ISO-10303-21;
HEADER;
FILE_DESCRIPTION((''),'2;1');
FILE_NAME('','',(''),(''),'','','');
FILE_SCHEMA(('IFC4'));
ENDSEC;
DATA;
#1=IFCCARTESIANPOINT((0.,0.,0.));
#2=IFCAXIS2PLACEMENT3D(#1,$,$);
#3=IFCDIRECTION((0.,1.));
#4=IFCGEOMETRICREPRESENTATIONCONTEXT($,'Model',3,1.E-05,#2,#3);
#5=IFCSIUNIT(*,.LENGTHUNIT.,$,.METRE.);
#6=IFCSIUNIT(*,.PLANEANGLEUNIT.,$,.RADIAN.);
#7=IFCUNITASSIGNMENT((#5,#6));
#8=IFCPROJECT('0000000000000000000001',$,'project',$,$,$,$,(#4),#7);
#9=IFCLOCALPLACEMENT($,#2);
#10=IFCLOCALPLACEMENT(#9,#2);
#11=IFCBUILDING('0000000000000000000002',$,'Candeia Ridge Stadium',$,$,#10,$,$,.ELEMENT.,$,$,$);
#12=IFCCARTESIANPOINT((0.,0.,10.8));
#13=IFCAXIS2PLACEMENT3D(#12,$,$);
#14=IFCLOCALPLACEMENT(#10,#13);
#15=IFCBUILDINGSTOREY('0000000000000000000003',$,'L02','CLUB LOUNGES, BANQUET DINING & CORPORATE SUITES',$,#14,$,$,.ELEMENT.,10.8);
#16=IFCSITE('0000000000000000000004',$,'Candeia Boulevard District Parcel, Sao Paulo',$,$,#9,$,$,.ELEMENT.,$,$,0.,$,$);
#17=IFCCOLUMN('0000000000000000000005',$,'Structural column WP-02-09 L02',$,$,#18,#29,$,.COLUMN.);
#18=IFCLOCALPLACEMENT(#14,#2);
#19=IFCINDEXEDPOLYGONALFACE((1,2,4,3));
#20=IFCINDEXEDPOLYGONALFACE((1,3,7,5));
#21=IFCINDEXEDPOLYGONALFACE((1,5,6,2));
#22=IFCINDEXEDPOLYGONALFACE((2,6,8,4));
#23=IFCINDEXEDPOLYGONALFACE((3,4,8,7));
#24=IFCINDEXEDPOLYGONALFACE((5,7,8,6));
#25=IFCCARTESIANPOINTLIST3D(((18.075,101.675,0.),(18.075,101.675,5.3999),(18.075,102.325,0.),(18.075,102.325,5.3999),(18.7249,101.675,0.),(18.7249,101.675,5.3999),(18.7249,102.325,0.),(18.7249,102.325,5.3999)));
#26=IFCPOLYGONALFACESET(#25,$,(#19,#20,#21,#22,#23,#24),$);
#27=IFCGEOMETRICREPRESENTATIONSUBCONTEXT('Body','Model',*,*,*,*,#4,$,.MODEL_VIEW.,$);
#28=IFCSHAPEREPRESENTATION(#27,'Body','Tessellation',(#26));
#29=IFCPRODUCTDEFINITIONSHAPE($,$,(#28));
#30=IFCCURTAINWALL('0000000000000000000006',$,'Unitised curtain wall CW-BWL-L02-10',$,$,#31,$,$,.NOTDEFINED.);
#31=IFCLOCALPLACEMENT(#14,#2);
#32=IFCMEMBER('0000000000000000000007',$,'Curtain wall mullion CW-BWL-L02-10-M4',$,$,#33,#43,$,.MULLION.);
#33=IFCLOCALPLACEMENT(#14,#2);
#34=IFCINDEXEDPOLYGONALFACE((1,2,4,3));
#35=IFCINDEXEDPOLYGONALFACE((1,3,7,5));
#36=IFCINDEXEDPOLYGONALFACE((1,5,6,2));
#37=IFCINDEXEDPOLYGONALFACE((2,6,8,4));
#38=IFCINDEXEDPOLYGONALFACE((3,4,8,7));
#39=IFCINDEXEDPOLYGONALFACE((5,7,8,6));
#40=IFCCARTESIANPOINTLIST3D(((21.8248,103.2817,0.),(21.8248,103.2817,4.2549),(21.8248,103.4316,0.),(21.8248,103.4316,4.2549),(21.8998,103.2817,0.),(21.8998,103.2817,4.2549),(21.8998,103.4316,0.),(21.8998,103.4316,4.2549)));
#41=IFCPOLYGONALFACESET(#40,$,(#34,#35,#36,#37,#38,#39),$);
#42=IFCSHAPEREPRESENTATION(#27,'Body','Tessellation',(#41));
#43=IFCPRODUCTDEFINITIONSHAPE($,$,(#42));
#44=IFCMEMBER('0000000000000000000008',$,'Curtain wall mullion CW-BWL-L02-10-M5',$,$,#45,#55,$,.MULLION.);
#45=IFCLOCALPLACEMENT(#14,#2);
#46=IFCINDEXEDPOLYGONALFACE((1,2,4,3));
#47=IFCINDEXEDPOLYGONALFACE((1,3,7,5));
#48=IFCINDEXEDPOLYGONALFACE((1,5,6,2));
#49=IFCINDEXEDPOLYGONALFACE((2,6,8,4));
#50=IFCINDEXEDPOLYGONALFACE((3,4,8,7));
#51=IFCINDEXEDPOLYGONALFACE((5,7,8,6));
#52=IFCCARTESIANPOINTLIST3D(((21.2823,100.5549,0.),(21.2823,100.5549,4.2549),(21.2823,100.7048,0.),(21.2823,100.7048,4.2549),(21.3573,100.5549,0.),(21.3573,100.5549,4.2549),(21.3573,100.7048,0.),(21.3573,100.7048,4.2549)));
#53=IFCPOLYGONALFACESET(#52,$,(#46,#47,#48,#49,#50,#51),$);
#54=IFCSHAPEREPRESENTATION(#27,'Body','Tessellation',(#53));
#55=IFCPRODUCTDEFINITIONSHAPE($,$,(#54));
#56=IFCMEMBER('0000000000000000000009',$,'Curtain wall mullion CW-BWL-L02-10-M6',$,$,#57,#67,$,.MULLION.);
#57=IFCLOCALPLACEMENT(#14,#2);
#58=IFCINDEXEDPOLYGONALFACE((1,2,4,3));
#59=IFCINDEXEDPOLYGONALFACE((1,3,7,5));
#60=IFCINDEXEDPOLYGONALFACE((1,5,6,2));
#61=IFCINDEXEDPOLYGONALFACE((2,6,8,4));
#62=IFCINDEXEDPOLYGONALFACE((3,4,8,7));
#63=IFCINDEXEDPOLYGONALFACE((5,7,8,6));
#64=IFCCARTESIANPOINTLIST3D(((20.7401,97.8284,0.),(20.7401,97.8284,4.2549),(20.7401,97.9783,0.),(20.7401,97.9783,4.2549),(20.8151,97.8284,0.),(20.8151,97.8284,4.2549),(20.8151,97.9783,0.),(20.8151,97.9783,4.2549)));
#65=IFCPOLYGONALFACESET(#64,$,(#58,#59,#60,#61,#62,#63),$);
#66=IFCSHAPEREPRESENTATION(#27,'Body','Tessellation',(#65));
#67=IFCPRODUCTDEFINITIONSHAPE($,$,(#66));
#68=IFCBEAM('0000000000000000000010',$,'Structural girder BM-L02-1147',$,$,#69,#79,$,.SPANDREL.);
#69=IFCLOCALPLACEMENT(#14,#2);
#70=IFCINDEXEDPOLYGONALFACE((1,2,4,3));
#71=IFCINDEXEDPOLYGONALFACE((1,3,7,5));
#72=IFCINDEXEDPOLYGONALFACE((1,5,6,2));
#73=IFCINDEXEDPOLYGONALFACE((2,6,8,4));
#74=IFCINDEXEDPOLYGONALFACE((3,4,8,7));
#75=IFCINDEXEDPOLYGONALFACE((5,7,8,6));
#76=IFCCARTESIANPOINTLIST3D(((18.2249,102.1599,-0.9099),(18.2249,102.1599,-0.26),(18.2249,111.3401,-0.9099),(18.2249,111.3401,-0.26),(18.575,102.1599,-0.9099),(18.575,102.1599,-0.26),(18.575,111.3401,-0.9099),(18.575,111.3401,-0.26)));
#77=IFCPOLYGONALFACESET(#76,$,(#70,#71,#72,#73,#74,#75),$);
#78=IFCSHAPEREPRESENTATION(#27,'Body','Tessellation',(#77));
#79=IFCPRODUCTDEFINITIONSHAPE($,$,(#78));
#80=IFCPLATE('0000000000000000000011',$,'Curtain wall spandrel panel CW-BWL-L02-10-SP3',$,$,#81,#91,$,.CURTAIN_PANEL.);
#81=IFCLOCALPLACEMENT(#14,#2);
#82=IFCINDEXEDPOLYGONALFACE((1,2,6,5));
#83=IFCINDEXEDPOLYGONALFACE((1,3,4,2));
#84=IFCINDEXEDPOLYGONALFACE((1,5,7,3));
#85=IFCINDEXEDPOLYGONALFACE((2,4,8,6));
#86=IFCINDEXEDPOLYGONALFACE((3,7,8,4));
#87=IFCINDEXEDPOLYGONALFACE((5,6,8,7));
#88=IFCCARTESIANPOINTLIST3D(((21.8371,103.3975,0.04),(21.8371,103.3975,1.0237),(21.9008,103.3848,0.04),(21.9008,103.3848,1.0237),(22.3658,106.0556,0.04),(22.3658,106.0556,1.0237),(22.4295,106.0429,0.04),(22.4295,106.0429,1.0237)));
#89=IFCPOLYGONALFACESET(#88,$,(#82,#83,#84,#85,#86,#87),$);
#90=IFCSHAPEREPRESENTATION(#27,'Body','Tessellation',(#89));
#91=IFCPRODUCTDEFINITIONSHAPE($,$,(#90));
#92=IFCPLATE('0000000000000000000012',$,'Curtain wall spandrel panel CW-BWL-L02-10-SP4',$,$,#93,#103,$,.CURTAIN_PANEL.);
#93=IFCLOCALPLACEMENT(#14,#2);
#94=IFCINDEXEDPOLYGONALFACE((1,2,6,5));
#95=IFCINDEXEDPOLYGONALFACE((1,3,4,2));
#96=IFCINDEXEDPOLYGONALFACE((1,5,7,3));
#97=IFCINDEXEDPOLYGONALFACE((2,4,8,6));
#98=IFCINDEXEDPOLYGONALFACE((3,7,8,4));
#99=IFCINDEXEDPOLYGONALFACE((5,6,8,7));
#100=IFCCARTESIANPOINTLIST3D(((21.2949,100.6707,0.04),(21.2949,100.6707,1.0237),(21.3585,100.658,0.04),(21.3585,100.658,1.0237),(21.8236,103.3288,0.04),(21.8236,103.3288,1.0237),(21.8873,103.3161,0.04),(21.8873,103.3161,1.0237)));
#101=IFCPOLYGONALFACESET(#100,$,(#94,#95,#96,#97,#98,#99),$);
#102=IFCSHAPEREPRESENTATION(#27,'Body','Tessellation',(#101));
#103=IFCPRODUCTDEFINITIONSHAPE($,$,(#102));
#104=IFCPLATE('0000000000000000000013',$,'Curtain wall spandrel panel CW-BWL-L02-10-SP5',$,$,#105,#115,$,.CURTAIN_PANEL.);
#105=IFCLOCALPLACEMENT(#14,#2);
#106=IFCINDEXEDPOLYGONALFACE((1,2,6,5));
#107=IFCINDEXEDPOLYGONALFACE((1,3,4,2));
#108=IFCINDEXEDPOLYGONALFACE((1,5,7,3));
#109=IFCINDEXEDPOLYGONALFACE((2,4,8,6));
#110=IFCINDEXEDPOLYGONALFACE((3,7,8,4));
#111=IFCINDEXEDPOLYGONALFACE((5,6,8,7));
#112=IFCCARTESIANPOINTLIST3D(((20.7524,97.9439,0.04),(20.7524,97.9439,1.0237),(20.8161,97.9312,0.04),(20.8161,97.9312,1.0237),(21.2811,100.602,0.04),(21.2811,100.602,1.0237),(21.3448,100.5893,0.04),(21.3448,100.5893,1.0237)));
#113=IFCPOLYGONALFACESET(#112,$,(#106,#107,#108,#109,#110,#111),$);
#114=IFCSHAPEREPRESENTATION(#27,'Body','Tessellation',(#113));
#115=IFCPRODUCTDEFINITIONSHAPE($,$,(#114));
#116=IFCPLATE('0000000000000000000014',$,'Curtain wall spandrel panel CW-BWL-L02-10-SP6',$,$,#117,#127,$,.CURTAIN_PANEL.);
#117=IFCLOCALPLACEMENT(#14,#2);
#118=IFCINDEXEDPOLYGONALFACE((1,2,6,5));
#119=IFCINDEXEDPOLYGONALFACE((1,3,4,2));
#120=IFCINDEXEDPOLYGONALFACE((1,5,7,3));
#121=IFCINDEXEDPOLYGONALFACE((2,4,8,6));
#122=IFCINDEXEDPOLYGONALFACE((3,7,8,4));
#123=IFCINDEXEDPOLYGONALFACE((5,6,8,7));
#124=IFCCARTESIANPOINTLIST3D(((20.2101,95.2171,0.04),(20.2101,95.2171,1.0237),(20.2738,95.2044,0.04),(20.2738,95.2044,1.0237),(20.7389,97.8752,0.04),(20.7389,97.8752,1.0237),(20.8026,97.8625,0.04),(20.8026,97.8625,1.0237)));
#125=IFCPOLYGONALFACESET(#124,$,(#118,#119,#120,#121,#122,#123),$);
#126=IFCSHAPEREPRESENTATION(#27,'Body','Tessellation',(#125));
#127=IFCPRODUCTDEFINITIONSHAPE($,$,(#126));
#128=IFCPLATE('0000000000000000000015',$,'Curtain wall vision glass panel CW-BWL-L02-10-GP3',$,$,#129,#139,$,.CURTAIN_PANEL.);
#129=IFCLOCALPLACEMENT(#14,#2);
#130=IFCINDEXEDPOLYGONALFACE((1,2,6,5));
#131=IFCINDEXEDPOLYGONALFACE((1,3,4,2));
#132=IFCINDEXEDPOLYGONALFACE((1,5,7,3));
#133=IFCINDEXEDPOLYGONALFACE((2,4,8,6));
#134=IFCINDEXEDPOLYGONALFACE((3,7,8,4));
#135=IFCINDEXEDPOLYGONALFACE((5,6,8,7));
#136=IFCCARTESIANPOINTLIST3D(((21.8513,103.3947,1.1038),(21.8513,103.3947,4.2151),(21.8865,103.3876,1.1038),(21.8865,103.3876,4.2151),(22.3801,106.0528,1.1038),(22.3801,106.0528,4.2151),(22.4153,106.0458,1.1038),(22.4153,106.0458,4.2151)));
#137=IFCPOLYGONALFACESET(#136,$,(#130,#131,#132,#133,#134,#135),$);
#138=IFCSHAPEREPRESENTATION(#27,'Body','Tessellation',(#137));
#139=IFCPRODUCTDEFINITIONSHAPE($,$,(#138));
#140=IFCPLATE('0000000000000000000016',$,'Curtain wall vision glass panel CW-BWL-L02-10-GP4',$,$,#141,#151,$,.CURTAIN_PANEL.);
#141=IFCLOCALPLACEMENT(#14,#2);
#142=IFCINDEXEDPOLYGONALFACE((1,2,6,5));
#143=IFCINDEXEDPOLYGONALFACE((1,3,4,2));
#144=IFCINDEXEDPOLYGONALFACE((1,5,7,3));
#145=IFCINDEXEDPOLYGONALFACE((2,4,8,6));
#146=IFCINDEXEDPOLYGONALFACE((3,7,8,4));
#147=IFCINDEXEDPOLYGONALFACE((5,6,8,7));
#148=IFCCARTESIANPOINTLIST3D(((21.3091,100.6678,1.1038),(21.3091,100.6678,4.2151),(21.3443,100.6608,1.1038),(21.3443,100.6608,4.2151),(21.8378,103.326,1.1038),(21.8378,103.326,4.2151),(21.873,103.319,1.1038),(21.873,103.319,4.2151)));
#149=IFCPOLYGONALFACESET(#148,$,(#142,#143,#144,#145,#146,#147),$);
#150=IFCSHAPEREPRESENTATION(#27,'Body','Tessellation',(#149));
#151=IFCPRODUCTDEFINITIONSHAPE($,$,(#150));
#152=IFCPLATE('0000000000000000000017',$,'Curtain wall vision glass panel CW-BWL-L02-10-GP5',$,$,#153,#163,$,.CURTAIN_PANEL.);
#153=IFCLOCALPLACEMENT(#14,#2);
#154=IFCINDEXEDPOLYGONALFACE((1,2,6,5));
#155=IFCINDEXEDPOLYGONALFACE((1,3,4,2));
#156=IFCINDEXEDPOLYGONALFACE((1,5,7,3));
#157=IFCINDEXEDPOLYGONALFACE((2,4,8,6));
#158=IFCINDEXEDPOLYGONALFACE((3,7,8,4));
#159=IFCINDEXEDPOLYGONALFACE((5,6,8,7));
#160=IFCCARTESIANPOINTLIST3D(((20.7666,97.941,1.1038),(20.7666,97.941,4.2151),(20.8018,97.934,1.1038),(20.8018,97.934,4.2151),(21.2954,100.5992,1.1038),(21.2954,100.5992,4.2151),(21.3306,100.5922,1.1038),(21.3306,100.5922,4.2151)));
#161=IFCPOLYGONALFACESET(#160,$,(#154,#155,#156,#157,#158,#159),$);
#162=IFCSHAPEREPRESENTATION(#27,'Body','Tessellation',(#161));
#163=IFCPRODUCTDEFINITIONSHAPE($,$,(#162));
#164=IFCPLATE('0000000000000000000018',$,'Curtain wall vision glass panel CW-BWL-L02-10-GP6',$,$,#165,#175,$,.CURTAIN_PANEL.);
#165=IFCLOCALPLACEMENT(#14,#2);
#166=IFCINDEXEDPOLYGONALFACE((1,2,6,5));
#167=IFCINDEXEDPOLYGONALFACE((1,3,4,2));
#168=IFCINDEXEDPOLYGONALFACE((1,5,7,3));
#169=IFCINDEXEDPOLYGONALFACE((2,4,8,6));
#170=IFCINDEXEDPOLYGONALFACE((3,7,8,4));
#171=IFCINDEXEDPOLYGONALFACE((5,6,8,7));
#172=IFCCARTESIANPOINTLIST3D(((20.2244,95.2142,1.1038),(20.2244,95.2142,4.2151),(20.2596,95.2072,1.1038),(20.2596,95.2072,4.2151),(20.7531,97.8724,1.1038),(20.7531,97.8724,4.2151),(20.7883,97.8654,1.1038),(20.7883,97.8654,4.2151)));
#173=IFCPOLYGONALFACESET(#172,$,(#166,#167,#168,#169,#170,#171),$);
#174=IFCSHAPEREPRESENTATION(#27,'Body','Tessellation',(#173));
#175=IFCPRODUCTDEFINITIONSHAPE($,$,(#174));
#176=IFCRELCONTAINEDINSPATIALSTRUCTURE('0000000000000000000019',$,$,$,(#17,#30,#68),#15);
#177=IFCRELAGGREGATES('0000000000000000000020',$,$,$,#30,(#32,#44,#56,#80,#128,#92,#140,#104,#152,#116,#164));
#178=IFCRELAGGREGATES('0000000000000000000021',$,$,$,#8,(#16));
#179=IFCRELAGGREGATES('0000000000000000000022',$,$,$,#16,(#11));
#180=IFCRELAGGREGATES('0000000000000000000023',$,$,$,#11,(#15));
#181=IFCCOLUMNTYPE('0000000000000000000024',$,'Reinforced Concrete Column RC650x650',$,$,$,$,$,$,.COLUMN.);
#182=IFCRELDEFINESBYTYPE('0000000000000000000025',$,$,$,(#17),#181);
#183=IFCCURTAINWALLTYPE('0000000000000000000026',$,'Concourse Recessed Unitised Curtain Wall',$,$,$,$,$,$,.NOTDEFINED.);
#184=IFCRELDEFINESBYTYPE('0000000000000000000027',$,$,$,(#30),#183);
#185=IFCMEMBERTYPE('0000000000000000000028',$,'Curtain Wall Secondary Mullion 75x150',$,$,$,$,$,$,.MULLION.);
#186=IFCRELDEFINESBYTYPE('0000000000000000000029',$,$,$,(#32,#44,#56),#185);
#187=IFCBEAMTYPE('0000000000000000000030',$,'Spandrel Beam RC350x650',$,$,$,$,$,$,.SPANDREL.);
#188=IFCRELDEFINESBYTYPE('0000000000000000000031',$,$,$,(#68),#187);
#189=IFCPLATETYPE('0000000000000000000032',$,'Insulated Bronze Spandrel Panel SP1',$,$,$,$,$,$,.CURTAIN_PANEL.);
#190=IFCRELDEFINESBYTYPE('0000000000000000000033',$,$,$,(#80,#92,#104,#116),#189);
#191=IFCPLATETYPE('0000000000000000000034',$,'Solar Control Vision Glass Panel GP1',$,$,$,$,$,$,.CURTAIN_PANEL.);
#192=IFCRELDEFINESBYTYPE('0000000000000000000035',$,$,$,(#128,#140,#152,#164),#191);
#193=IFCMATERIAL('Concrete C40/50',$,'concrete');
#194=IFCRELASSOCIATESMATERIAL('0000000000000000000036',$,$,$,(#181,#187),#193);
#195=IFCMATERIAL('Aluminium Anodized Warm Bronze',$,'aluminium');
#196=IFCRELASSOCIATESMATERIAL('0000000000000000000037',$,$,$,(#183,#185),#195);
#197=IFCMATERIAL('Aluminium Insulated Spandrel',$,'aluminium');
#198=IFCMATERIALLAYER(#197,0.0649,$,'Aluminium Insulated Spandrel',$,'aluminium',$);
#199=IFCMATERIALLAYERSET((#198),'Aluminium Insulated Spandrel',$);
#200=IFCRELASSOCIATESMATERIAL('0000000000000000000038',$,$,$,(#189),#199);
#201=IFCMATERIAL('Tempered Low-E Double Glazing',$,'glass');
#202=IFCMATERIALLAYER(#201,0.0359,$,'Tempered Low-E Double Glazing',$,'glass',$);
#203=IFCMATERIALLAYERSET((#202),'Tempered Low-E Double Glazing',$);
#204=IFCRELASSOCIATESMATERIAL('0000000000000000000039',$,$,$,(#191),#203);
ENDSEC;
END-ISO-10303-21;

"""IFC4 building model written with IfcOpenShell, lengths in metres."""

from ifc_helpers import new_model, si_unit, direction, frame, origin, origin_2d, place, context, subcontext, project, spatial, rectangle, extrude, material, layer, layer_set, material_profile, profile_set, type_object, element, aggregate, save


model = new_model("IFC4")

# Units and contexts
model_context = context("Model", 3, precision=1e-05, world=origin(), true_north=direction((0.0, 1.0)))
body_context = subcontext(model_context, "Body", "Model", "MODEL_VIEW")
ifc_project = project(units=[si_unit("LENGTHUNIT", "METRE"), si_unit("PLANEANGLEUNIT", "RADIAN")], contexts=[model_context])

# Site, building, storey
site_placement = place(None, origin())
site = spatial("IfcSite", under=ifc_project, at=site_placement, Name="Candeia Boulevard District Parcel, Sao Paulo", CompositionType="ELEMENT", RefElevation=0.0)
building_placement = place(site_placement, origin())
building = spatial("IfcBuilding", under=site, at=building_placement, Name="Candeia Ridge Stadium", CompositionType="ELEMENT")
storey_placement = place(building_placement, frame((0.0, 0.0, 10.8)))
storey = spatial("IfcBuildingStorey", under=building, at=storey_placement, Name="L02", Description="CLUB LOUNGES, BANQUET DINING & CORPORATE SUITES", CompositionType="ELEMENT", Elevation=10.8)

# Column
ifc_material_1 = material(Name="Concrete C40/50", Category="concrete")
ifc_material_profile_1 = material_profile(ifc_material_1, rectangle(XDim=0.6499, YDim=0.6499, at=origin_2d()), Name="RC650x650", Category="concrete")
ifc_profile_set_1 = profile_set([ifc_material_profile_1], Name="Concrete C40/50")
column_type = type_object("IfcColumnType", Name="Reinforced Concrete Column RC650x650", PredefinedType="COLUMN", material=ifc_profile_set_1)
column_placement = place(storey_placement, frame((18.3999, 102.0, 0.0), z_axis=(0.0, 0.0, 1.0), x_axis=(1.0, 0.0, 0.0)))
element("IfcColumn", 1, at=column_placement, inside=storey, type_object=column_type, Name="Structural column WP-02-09 L02", PredefinedType="COLUMN", context=body_context, shape_type="SweptSolid", body=[
    extrude(rectangle(XDim=0.6499, YDim=0.6499, at=origin_2d()), origin(), (0.0, 0.0, 1.0), 5.3999),
])

# Curtain wall, members
ifc_material_2 = material(Name="Aluminium Anodized Warm Bronze", Category="aluminium")
curtain_wall_type = type_object("IfcCurtainWallType", Name="Concourse Recessed Unitised Curtain Wall", PredefinedType="NOTDEFINED", material=ifc_material_2)
curtain_wall_placement = place(storey_placement, origin())
curtain_wall = element("IfcCurtainWall", 2, at=curtain_wall_placement, inside=storey, type_object=curtain_wall_type, Name="Unitised curtain wall CW-BWL-L02-10", PredefinedType="NOTDEFINED")
ifc_material_profile_2 = material_profile(ifc_material_2, rectangle(XDim=0.075, YDim=0.1499, at=origin_2d()), Name="CWM-75x150", Category="aluminium")
ifc_profile_set_2 = profile_set([ifc_material_profile_2], Name="Aluminium Anodized Warm Bronze")
member_type = type_object("IfcMemberType", Name="Curtain Wall Secondary Mullion 75x150", PredefinedType="MULLION", material=ifc_profile_set_2)
member_1_placement = place(storey_placement, frame((21.8623, 103.3567, 0.0), z_axis=(0.0, 0.0, 1.0), x_axis=(1.0, 0.0, 0.0)))
member_1 = element("IfcMember", 3, at=member_1_placement, type_object=member_type, Name="Curtain wall mullion CW-BWL-L02-10-M4", PredefinedType="MULLION", context=body_context, shape_type="SweptSolid", body=[
    extrude(rectangle(XDim=0.075, YDim=0.1499, at=origin_2d()), origin(), (0.0, 0.0, 1.0), 4.2549),
])
member_2_placement = place(storey_placement, frame((21.3198, 100.6299, 0.0), z_axis=(0.0, 0.0, 1.0), x_axis=(1.0, 0.0, 0.0)))
member_2 = element("IfcMember", 4, at=member_2_placement, type_object=member_type, Name="Curtain wall mullion CW-BWL-L02-10-M5", PredefinedType="MULLION", context=body_context, shape_type="SweptSolid", body=[
    extrude(rectangle(XDim=0.075, YDim=0.1499, at=origin_2d()), origin(), (0.0, 0.0, 1.0), 4.2549),
])
member_3_placement = place(storey_placement, frame((20.7776, 97.9033, 0.0), z_axis=(0.0, 0.0, 1.0), x_axis=(1.0, 0.0, 0.0)))
member_3 = element("IfcMember", 5, at=member_3_placement, type_object=member_type, Name="Curtain wall mullion CW-BWL-L02-10-M6", PredefinedType="MULLION", context=body_context, shape_type="SweptSolid", body=[
    extrude(rectangle(XDim=0.075, YDim=0.1499, at=origin_2d()), origin(), (0.0, 0.0, 1.0), 4.2549),
])

# Beam
ifc_material_profile_3 = material_profile(ifc_material_1, rectangle(XDim=0.3501, YDim=0.6499, at=origin_2d()), Name="RC350x650", Category="concrete")
ifc_profile_set_3 = profile_set([ifc_material_profile_3], Name="Concrete C40/50")
beam_type = type_object("IfcBeamType", Name="Spandrel Beam RC350x650", PredefinedType="SPANDREL", material=ifc_profile_set_3)
beam_placement = place(storey_placement, frame((18.3999, 102.1599, -0.585), z_axis=(0.0, 1.0, 0.0), x_axis=(-1.0, 0.0, 0.0)))
element("IfcBeam", 6, at=beam_placement, inside=storey, type_object=beam_type, Name="Structural girder BM-L02-1147", PredefinedType="SPANDREL", context=body_context, shape_type="SweptSolid", body=[
    extrude(rectangle(XDim=0.3501, YDim=0.6499, at=origin_2d()), origin(), (0.0, 0.0, 1.0), 9.1802),
])

# Plates
ifc_material_3 = material(Name="Aluminium Insulated Spandrel", Category="aluminium")
ifc_layer_1 = layer(ifc_material_3, 0.0649, Name="Aluminium Insulated Spandrel", Category="aluminium")
ifc_layer_set_1 = layer_set([ifc_layer_1], Name="Aluminium Insulated Spandrel")
plate_type_1 = type_object("IfcPlateType", Name="Insulated Bronze Spandrel Panel SP1", PredefinedType="CURTAIN_PANEL", material=ifc_layer_set_1)
plate_1_placement = place(storey_placement, frame((22.1333, 104.7202, 0.04), z_axis=(0.0, 0.0, 1.0), x_axis=(-0.19509, -0.980785, 0.0)))
plate_1 = element("IfcPlate", 7, at=plate_1_placement, type_object=plate_type_1, Name="Curtain wall spandrel panel CW-BWL-L02-10-SP3", PredefinedType="CURTAIN_PANEL", context=body_context, shape_type="SweptSolid", body=[
    extrude(rectangle(XDim=2.7102, YDim=0.0649, at=origin_2d()), origin(), (0.0, 0.0, 1.0), 0.9836),
])
plate_2_placement = place(storey_placement, frame((21.5911, 101.9934, 0.04), z_axis=(0.0, 0.0, 1.0), x_axis=(-0.19509, -0.980785, 0.0)))
plate_2 = element("IfcPlate", 8, at=plate_2_placement, type_object=plate_type_1, Name="Curtain wall spandrel panel CW-BWL-L02-10-SP4", PredefinedType="CURTAIN_PANEL", context=body_context, shape_type="SweptSolid", body=[
    extrude(rectangle(XDim=2.7102, YDim=0.0649, at=origin_2d()), origin(), (0.0, 0.0, 1.0), 0.9836),
])
plate_3_placement = place(storey_placement, frame((21.0486, 99.2666, 0.04), z_axis=(0.0, 0.0, 1.0), x_axis=(-0.19509, -0.980785, 0.0)))
plate_3 = element("IfcPlate", 9, at=plate_3_placement, type_object=plate_type_1, Name="Curtain wall spandrel panel CW-BWL-L02-10-SP5", PredefinedType="CURTAIN_PANEL", context=body_context, shape_type="SweptSolid", body=[
    extrude(rectangle(XDim=2.7102, YDim=0.0649, at=origin_2d()), origin(), (0.0, 0.0, 1.0), 0.9836),
])
plate_4_placement = place(storey_placement, frame((20.5063, 96.5398, 0.04), z_axis=(0.0, 0.0, 1.0), x_axis=(-0.19509, -0.980785, 0.0)))
plate_4 = element("IfcPlate", 10, at=plate_4_placement, type_object=plate_type_1, Name="Curtain wall spandrel panel CW-BWL-L02-10-SP6", PredefinedType="CURTAIN_PANEL", context=body_context, shape_type="SweptSolid", body=[
    extrude(rectangle(XDim=2.7102, YDim=0.0649, at=origin_2d()), origin(), (0.0, 0.0, 1.0), 0.9836),
])
ifc_material_4 = material(Name="Tempered Low-E Double Glazing", Category="glass")
ifc_layer_2 = layer(ifc_material_4, 0.0359, Name="Tempered Low-E Double Glazing", Category="glass")
ifc_layer_set_2 = layer_set([ifc_layer_2], Name="Tempered Low-E Double Glazing")
plate_type_2 = type_object("IfcPlateType", Name="Solar Control Vision Glass Panel GP1", PredefinedType="CURTAIN_PANEL", material=ifc_layer_set_2)
plate_5_placement = place(storey_placement, frame((22.1333, 104.7202, 1.1038), z_axis=(0.0, 0.0, 1.0), x_axis=(-0.19509, -0.980785, 0.0)))
plate_5 = element("IfcPlate", 11, at=plate_5_placement, type_object=plate_type_2, Name="Curtain wall vision glass panel CW-BWL-L02-10-GP3", PredefinedType="CURTAIN_PANEL", context=body_context, shape_type="SweptSolid", body=[
    extrude(rectangle(XDim=2.7102, YDim=0.0359, at=origin_2d()), origin(), (0.0, 0.0, 1.0), 3.1113),
])
plate_6_placement = place(storey_placement, frame((21.5911, 101.9934, 1.1038), z_axis=(0.0, 0.0, 1.0), x_axis=(-0.19509, -0.980785, 0.0)))
plate_6 = element("IfcPlate", 12, at=plate_6_placement, type_object=plate_type_2, Name="Curtain wall vision glass panel CW-BWL-L02-10-GP4", PredefinedType="CURTAIN_PANEL", context=body_context, shape_type="SweptSolid", body=[
    extrude(rectangle(XDim=2.7102, YDim=0.0359, at=origin_2d()), origin(), (0.0, 0.0, 1.0), 3.1113),
])
plate_7_placement = place(storey_placement, frame((21.0486, 99.2666, 1.1038), z_axis=(0.0, 0.0, 1.0), x_axis=(-0.19509, -0.980785, 0.0)))
plate_7 = element("IfcPlate", 13, at=plate_7_placement, type_object=plate_type_2, Name="Curtain wall vision glass panel CW-BWL-L02-10-GP5", PredefinedType="CURTAIN_PANEL", context=body_context, shape_type="SweptSolid", body=[
    extrude(rectangle(XDim=2.7102, YDim=0.0359, at=origin_2d()), origin(), (0.0, 0.0, 1.0), 3.1113),
])
plate_8_placement = place(storey_placement, frame((20.5063, 96.5398, 1.1038), z_axis=(0.0, 0.0, 1.0), x_axis=(-0.19509, -0.980785, 0.0)))
plate_8 = element("IfcPlate", 14, at=plate_8_placement, type_object=plate_type_2, Name="Curtain wall vision glass panel CW-BWL-L02-10-GP6", PredefinedType="CURTAIN_PANEL", context=body_context, shape_type="SweptSolid", body=[
    extrude(rectangle(XDim=2.7102, YDim=0.0359, at=origin_2d()), origin(), (0.0, 0.0, 1.0), 3.1113),
])
aggregate(curtain_wall, [member_1, member_2, member_3, plate_1, plate_5, plate_2, plate_6, plate_3, plate_7, plate_4, plate_8])

save(model, "model.ifc")
